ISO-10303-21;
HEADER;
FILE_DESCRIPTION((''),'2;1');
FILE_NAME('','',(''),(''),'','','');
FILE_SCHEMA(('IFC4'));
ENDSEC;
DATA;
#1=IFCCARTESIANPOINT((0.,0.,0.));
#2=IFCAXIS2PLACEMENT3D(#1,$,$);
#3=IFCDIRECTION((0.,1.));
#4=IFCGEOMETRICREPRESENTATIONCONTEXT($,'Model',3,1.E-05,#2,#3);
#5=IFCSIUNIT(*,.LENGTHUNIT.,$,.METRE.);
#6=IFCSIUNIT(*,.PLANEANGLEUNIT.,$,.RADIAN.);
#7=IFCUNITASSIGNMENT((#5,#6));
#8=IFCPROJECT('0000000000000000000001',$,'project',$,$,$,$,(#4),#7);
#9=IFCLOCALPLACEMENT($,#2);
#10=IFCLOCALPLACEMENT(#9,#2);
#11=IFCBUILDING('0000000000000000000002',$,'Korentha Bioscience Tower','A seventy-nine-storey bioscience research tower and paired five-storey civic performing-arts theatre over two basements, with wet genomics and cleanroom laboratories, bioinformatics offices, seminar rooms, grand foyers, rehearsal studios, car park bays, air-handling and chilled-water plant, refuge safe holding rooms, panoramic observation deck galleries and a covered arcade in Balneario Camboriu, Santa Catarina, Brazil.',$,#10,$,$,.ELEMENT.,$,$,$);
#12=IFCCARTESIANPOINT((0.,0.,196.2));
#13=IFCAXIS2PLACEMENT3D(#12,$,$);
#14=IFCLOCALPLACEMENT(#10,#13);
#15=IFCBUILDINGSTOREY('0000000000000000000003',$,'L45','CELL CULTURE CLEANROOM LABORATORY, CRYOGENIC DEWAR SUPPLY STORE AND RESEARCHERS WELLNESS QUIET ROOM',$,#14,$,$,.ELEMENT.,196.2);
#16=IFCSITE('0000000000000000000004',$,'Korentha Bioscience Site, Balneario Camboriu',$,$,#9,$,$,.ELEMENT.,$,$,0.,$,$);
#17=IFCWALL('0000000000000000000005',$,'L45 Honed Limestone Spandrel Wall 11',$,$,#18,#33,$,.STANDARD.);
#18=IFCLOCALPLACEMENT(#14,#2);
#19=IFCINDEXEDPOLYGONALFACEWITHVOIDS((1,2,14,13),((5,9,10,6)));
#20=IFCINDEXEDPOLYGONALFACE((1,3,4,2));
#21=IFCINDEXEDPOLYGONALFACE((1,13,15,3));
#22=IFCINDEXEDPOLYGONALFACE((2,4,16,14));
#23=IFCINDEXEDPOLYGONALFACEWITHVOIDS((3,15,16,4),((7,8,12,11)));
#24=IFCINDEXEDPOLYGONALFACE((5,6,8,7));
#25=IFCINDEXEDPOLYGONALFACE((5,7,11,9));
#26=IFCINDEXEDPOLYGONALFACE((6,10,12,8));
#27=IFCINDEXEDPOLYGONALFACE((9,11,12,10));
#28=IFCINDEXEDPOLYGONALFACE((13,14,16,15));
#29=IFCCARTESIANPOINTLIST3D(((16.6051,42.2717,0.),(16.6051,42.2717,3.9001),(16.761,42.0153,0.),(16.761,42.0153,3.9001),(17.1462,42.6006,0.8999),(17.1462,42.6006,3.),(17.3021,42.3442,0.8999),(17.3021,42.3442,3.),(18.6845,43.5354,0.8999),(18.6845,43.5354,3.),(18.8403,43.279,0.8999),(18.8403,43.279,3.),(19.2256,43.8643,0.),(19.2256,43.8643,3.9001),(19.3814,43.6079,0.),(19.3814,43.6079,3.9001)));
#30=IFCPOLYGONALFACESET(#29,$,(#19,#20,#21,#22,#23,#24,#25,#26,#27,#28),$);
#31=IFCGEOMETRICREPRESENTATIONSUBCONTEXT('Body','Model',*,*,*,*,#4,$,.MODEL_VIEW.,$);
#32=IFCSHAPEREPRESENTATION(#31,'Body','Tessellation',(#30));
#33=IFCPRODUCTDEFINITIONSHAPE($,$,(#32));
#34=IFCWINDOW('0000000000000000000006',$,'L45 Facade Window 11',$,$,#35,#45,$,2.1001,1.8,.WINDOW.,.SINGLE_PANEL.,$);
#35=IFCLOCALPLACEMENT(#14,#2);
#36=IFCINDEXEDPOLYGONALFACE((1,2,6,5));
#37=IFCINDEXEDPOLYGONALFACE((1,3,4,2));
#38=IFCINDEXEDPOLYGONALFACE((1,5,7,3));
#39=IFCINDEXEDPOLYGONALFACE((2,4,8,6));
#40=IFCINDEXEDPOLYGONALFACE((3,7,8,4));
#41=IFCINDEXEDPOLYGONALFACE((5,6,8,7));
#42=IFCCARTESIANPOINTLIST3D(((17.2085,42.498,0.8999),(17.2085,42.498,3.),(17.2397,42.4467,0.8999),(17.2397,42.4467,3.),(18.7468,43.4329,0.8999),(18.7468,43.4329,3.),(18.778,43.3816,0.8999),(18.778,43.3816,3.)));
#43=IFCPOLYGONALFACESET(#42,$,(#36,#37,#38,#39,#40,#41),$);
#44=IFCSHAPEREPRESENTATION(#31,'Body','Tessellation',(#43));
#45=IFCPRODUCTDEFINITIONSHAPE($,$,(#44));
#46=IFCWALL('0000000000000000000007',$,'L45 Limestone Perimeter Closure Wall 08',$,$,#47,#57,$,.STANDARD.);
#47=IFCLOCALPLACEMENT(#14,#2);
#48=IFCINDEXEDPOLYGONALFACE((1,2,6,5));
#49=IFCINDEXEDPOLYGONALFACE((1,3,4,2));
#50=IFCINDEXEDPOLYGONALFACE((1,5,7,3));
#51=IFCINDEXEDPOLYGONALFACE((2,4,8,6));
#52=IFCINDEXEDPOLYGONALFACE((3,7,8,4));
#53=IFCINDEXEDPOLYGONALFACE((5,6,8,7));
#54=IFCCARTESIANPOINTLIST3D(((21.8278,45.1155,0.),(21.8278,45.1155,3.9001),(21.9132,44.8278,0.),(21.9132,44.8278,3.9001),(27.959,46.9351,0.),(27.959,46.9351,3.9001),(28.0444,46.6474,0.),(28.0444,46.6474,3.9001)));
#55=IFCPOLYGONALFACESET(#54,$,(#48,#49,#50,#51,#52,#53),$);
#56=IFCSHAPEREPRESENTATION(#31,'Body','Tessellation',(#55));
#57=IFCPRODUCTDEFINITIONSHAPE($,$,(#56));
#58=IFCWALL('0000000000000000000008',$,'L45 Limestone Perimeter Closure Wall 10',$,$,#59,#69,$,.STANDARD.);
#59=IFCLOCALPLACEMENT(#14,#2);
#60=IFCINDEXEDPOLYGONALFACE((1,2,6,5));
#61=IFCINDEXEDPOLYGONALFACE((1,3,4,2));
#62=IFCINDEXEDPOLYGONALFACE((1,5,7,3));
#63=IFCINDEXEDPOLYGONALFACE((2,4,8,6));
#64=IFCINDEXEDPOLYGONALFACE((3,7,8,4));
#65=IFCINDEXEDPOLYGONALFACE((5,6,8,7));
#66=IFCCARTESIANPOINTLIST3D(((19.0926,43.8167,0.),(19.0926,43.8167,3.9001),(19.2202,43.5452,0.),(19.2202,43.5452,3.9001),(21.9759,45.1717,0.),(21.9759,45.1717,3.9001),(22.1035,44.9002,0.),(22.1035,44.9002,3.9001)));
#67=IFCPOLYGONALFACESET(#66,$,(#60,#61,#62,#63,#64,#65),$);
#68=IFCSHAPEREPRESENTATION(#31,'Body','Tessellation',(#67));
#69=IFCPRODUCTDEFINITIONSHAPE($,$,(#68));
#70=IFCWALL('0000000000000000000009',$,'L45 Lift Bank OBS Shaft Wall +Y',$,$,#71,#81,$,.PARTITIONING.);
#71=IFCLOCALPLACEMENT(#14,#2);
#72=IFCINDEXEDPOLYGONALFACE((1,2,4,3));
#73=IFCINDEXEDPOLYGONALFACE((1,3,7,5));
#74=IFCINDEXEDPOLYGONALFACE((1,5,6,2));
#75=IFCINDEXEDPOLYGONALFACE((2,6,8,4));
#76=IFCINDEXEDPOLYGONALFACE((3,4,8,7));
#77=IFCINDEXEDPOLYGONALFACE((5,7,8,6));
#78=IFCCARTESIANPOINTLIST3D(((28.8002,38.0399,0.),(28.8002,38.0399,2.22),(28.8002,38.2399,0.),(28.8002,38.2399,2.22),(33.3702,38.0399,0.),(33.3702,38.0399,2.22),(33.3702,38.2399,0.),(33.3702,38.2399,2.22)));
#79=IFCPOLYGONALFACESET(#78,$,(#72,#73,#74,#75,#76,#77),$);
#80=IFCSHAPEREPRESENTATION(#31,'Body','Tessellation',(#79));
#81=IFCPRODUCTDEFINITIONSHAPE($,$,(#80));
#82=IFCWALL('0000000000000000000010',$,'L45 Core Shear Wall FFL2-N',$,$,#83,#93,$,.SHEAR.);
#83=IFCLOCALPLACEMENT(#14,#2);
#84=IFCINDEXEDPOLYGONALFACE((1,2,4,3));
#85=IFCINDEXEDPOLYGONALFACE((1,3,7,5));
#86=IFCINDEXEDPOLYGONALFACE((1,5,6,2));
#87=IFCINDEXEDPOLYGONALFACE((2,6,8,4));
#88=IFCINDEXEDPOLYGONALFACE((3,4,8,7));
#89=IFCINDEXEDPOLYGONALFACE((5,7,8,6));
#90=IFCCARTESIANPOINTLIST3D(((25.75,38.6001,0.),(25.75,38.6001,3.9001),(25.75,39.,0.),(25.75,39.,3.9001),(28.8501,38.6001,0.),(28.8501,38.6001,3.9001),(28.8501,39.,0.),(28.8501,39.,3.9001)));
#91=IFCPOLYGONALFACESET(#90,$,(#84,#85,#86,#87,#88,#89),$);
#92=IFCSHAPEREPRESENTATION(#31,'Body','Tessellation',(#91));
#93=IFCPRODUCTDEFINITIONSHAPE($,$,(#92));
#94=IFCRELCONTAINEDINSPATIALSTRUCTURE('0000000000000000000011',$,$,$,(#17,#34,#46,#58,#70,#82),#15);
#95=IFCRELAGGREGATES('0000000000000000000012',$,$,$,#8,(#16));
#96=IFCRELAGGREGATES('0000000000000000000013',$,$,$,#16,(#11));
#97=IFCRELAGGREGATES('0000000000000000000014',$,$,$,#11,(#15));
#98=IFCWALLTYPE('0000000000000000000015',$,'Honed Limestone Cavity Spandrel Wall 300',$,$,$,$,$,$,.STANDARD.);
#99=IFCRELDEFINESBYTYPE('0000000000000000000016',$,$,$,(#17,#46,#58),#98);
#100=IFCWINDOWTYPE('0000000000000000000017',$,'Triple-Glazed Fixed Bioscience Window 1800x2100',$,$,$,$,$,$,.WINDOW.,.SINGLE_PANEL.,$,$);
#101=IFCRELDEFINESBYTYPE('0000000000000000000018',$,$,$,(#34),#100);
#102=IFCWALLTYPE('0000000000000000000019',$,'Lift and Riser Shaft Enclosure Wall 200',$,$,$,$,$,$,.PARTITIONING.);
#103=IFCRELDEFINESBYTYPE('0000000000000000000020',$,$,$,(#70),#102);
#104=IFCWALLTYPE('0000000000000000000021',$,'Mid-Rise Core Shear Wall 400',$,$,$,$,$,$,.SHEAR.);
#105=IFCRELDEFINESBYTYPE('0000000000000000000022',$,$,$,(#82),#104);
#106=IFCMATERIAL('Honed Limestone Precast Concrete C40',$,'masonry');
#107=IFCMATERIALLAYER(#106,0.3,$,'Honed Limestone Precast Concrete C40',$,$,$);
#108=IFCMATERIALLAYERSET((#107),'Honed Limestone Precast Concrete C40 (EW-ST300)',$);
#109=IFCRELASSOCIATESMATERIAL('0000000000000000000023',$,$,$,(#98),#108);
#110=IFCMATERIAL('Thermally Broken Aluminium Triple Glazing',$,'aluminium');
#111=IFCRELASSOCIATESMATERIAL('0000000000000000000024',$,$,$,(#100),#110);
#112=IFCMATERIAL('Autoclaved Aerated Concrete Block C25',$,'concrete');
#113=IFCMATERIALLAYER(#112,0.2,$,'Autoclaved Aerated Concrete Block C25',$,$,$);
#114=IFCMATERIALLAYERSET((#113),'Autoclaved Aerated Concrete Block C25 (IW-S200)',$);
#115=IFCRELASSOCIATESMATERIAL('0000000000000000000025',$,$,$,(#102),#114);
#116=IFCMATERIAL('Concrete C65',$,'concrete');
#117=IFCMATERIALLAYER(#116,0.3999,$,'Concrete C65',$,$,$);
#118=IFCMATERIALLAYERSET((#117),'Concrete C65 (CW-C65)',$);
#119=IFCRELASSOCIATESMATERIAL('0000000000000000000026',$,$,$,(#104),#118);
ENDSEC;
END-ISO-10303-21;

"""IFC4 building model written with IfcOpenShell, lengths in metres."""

from ifc_helpers import new_model, si_unit, direction, frame, frame_2d, origin, place, context, subcontext, project, spatial, rectangle, extrude, material, layer, layer_set, type_object, element, fill, save


model = new_model("IFC4")

# Units and contexts
model_context = context("Model", 3, precision=1e-05, world=origin(), true_north=direction((0.0, 1.0)))
body_context = subcontext(model_context, "Body", "Model", "MODEL_VIEW")
ifc_project = project(units=[si_unit("LENGTHUNIT", "METRE"), si_unit("PLANEANGLEUNIT", "RADIAN")], contexts=[model_context])

# Site, building, storey
site_placement = place(None, origin())
site = spatial("IfcSite", under=ifc_project, at=site_placement, Name="Korentha Bioscience Site, Balneario Camboriu", CompositionType="ELEMENT", RefElevation=0.0)
building_placement = place(site_placement, origin())
building = spatial("IfcBuilding", under=site, at=building_placement, Name="Korentha Bioscience Tower", Description="A seventy-nine-storey bioscience research tower and paired five-storey civic performing-arts theatre over two basements, with wet genomics and cleanroom laboratories, bioinformatics offices, seminar rooms, grand foyers, rehearsal studios, car park bays, air-handling and chilled-water plant, refuge safe holding rooms, panoramic observation deck galleries and a covered arcade in Balneario Camboriu, Santa Catarina, Brazil.", CompositionType="ELEMENT")
storey_placement = place(building_placement, frame((0.0, 0.0, 196.2)))
storey = spatial("IfcBuildingStorey", under=building, at=storey_placement, Name="L45", Description="CELL CULTURE CLEANROOM LABORATORY, CRYOGENIC DEWAR SUPPLY STORE AND RESEARCHERS WELLNESS QUIET ROOM", CompositionType="ELEMENT", Elevation=196.2)

# Shared definitions
ifc_material_1 = material(Name="Concrete C65", Category="concrete")

# Wall, opening, window
ifc_material_2 = material(Name="Honed Limestone Precast Concrete C40", Category="masonry")
ifc_layer_1 = layer(ifc_material_2, 0.3, Name="Honed Limestone Precast Concrete C40")
ifc_layer_set_1 = layer_set([ifc_layer_1], Name="Honed Limestone Precast Concrete C40 (EW-ST300)")
wall_type_1 = type_object("IfcWallType", Name="Honed Limestone Cavity Spandrel Wall 300", PredefinedType="STANDARD", material=ifc_layer_set_1)
wall_1_placement = place(storey_placement, frame((19.3035, 43.7361, 0.0), z_axis=(0.0, 0.0, 1.0), x_axis=(-0.854557, -0.519358, 0.0)))
wall_1 = element("IfcWall", 1, at=wall_1_placement, inside=storey, type_object=wall_type_1, Name="L45 Honed Limestone Spandrel Wall 11", PredefinedType="STANDARD", context=body_context, shape_type="SweptSolid", body=[
    extrude(rectangle(XDim=3.0664, YDim=0.3, at=frame_2d((1.5332, 0.0))), origin(), (0.0, 0.0, 1.0), 3.9001),
])
opening_placement = place(wall_1_placement, frame((0.6333, 0.0, 0.8999)))
opening = element("IfcOpeningElement", 2, at=opening_placement, cuts=wall_1, PredefinedType="OPENING", context=body_context, shape_type="SweptSolid", body=[
    extrude(rectangle(XDim=1.8, YDim=2.1001, at=frame_2d((0.8999, 1.05))), frame((0.0, 0.165, 0.0), z_axis=(0.0, -1.0, 0.0), x_axis=(1.0, 0.0, 0.0)), (0.0, 0.0, 1.0), 0.3298),
])
ifc_material_3 = material(Name="Thermally Broken Aluminium Triple Glazing", Category="aluminium")
window_type = type_object("IfcWindowType", Name="Triple-Glazed Fixed Bioscience Window 1800x2100", PartitioningType="SINGLE_PANEL", PredefinedType="WINDOW", material=ifc_material_3)
window_placement = place(opening_placement, origin())
window = element("IfcWindow", 3, at=window_placement, inside=storey, type_object=window_type, Name="L45 Facade Window 11", OverallHeight=2.1001, OverallWidth=1.8, PartitioningType="SINGLE_PANEL", PredefinedType="WINDOW", context=body_context, shape_type="SweptSolid", body=[
    extrude(rectangle(XDim=1.8, YDim=2.1001, at=frame_2d((0.8999, 1.05))), frame((0.0, 0.03, 0.0), z_axis=(0.0, -1.0, 0.0), x_axis=(1.0, 0.0, 0.0)), (0.0, 0.0, 1.0), 0.0601),
])
fill(opening, window)

# Walls
wall_2_placement = place(storey_placement, frame((28.0017, 46.7913, 0.0), z_axis=(0.0, 0.0, 1.0), x_axis=(-0.958672, -0.284513, 0.0)))
element("IfcWall", 4, at=wall_2_placement, inside=storey, type_object=wall_type_1, Name="L45 Limestone Perimeter Closure Wall 08", PredefinedType="STANDARD", context=body_context, shape_type="SweptSolid", body=[
    extrude(rectangle(XDim=6.3955, YDim=0.3, at=frame_2d((3.1978, 0.0))), origin(), (0.0, 0.0, 1.0), 3.9001),
])
wall_3_placement = place(storey_placement, frame((22.0396, 45.0359, 0.0), z_axis=(0.0, 0.0, 1.0), x_axis=(-0.905044, -0.425317, 0.0)))
element("IfcWall", 5, at=wall_3_placement, inside=storey, type_object=wall_type_1, Name="L45 Limestone Perimeter Closure Wall 10", PredefinedType="STANDARD", context=body_context, shape_type="SweptSolid", body=[
    extrude(rectangle(XDim=3.1858, YDim=0.3, at=frame_2d((1.5928, 0.0))), origin(), (0.0, 0.0, 1.0), 3.9001),
])
ifc_material_4 = material(Name="Autoclaved Aerated Concrete Block C25", Category="concrete")
ifc_layer_2 = layer(ifc_material_4, 0.2, Name="Autoclaved Aerated Concrete Block C25")
ifc_layer_set_2 = layer_set([ifc_layer_2], Name="Autoclaved Aerated Concrete Block C25 (IW-S200)")
wall_type_2 = type_object("IfcWallType", Name="Lift and Riser Shaft Enclosure Wall 200", PredefinedType="PARTITIONING", material=ifc_layer_set_2)
wall_4_placement = place(storey_placement, frame((28.8, 38.1399, 0.0), z_axis=(0.0, 0.0, 1.0), x_axis=(1.0, 0.0, 0.0)))
element("IfcWall", 6, at=wall_4_placement, inside=storey, type_object=wall_type_2, Name="L45 Lift Bank OBS Shaft Wall +Y", PredefinedType="PARTITIONING", context=body_context, shape_type="SweptSolid", body=[
    extrude(rectangle(XDim=4.5701, YDim=0.2, at=frame_2d((2.2852, 0.0))), origin(), (0.0, 0.0, 1.0), 2.22),
])
ifc_layer_3 = layer(ifc_material_1, 0.3999, Name="Concrete C65")
ifc_layer_set_3 = layer_set([ifc_layer_3], Name="Concrete C65 (CW-C65)")
wall_type_3 = type_object("IfcWallType", Name="Mid-Rise Core Shear Wall 400", PredefinedType="SHEAR", material=ifc_layer_set_3)
wall_5_placement = place(storey_placement, frame((25.75, 38.8, 0.0), z_axis=(0.0, 0.0, 1.0), x_axis=(1.0, 0.0, 0.0)))
element("IfcWall", 7, at=wall_5_placement, inside=storey, type_object=wall_type_3, Name="L45 Core Shear Wall FFL2-N", PredefinedType="SHEAR", context=body_context, shape_type="SweptSolid", body=[
    extrude(rectangle(XDim=3.1001, YDim=0.3999, at=frame_2d((1.55, 0.0))), origin(), (0.0, 0.0, 1.0), 3.9001),
])

save(model, "model.ifc")
